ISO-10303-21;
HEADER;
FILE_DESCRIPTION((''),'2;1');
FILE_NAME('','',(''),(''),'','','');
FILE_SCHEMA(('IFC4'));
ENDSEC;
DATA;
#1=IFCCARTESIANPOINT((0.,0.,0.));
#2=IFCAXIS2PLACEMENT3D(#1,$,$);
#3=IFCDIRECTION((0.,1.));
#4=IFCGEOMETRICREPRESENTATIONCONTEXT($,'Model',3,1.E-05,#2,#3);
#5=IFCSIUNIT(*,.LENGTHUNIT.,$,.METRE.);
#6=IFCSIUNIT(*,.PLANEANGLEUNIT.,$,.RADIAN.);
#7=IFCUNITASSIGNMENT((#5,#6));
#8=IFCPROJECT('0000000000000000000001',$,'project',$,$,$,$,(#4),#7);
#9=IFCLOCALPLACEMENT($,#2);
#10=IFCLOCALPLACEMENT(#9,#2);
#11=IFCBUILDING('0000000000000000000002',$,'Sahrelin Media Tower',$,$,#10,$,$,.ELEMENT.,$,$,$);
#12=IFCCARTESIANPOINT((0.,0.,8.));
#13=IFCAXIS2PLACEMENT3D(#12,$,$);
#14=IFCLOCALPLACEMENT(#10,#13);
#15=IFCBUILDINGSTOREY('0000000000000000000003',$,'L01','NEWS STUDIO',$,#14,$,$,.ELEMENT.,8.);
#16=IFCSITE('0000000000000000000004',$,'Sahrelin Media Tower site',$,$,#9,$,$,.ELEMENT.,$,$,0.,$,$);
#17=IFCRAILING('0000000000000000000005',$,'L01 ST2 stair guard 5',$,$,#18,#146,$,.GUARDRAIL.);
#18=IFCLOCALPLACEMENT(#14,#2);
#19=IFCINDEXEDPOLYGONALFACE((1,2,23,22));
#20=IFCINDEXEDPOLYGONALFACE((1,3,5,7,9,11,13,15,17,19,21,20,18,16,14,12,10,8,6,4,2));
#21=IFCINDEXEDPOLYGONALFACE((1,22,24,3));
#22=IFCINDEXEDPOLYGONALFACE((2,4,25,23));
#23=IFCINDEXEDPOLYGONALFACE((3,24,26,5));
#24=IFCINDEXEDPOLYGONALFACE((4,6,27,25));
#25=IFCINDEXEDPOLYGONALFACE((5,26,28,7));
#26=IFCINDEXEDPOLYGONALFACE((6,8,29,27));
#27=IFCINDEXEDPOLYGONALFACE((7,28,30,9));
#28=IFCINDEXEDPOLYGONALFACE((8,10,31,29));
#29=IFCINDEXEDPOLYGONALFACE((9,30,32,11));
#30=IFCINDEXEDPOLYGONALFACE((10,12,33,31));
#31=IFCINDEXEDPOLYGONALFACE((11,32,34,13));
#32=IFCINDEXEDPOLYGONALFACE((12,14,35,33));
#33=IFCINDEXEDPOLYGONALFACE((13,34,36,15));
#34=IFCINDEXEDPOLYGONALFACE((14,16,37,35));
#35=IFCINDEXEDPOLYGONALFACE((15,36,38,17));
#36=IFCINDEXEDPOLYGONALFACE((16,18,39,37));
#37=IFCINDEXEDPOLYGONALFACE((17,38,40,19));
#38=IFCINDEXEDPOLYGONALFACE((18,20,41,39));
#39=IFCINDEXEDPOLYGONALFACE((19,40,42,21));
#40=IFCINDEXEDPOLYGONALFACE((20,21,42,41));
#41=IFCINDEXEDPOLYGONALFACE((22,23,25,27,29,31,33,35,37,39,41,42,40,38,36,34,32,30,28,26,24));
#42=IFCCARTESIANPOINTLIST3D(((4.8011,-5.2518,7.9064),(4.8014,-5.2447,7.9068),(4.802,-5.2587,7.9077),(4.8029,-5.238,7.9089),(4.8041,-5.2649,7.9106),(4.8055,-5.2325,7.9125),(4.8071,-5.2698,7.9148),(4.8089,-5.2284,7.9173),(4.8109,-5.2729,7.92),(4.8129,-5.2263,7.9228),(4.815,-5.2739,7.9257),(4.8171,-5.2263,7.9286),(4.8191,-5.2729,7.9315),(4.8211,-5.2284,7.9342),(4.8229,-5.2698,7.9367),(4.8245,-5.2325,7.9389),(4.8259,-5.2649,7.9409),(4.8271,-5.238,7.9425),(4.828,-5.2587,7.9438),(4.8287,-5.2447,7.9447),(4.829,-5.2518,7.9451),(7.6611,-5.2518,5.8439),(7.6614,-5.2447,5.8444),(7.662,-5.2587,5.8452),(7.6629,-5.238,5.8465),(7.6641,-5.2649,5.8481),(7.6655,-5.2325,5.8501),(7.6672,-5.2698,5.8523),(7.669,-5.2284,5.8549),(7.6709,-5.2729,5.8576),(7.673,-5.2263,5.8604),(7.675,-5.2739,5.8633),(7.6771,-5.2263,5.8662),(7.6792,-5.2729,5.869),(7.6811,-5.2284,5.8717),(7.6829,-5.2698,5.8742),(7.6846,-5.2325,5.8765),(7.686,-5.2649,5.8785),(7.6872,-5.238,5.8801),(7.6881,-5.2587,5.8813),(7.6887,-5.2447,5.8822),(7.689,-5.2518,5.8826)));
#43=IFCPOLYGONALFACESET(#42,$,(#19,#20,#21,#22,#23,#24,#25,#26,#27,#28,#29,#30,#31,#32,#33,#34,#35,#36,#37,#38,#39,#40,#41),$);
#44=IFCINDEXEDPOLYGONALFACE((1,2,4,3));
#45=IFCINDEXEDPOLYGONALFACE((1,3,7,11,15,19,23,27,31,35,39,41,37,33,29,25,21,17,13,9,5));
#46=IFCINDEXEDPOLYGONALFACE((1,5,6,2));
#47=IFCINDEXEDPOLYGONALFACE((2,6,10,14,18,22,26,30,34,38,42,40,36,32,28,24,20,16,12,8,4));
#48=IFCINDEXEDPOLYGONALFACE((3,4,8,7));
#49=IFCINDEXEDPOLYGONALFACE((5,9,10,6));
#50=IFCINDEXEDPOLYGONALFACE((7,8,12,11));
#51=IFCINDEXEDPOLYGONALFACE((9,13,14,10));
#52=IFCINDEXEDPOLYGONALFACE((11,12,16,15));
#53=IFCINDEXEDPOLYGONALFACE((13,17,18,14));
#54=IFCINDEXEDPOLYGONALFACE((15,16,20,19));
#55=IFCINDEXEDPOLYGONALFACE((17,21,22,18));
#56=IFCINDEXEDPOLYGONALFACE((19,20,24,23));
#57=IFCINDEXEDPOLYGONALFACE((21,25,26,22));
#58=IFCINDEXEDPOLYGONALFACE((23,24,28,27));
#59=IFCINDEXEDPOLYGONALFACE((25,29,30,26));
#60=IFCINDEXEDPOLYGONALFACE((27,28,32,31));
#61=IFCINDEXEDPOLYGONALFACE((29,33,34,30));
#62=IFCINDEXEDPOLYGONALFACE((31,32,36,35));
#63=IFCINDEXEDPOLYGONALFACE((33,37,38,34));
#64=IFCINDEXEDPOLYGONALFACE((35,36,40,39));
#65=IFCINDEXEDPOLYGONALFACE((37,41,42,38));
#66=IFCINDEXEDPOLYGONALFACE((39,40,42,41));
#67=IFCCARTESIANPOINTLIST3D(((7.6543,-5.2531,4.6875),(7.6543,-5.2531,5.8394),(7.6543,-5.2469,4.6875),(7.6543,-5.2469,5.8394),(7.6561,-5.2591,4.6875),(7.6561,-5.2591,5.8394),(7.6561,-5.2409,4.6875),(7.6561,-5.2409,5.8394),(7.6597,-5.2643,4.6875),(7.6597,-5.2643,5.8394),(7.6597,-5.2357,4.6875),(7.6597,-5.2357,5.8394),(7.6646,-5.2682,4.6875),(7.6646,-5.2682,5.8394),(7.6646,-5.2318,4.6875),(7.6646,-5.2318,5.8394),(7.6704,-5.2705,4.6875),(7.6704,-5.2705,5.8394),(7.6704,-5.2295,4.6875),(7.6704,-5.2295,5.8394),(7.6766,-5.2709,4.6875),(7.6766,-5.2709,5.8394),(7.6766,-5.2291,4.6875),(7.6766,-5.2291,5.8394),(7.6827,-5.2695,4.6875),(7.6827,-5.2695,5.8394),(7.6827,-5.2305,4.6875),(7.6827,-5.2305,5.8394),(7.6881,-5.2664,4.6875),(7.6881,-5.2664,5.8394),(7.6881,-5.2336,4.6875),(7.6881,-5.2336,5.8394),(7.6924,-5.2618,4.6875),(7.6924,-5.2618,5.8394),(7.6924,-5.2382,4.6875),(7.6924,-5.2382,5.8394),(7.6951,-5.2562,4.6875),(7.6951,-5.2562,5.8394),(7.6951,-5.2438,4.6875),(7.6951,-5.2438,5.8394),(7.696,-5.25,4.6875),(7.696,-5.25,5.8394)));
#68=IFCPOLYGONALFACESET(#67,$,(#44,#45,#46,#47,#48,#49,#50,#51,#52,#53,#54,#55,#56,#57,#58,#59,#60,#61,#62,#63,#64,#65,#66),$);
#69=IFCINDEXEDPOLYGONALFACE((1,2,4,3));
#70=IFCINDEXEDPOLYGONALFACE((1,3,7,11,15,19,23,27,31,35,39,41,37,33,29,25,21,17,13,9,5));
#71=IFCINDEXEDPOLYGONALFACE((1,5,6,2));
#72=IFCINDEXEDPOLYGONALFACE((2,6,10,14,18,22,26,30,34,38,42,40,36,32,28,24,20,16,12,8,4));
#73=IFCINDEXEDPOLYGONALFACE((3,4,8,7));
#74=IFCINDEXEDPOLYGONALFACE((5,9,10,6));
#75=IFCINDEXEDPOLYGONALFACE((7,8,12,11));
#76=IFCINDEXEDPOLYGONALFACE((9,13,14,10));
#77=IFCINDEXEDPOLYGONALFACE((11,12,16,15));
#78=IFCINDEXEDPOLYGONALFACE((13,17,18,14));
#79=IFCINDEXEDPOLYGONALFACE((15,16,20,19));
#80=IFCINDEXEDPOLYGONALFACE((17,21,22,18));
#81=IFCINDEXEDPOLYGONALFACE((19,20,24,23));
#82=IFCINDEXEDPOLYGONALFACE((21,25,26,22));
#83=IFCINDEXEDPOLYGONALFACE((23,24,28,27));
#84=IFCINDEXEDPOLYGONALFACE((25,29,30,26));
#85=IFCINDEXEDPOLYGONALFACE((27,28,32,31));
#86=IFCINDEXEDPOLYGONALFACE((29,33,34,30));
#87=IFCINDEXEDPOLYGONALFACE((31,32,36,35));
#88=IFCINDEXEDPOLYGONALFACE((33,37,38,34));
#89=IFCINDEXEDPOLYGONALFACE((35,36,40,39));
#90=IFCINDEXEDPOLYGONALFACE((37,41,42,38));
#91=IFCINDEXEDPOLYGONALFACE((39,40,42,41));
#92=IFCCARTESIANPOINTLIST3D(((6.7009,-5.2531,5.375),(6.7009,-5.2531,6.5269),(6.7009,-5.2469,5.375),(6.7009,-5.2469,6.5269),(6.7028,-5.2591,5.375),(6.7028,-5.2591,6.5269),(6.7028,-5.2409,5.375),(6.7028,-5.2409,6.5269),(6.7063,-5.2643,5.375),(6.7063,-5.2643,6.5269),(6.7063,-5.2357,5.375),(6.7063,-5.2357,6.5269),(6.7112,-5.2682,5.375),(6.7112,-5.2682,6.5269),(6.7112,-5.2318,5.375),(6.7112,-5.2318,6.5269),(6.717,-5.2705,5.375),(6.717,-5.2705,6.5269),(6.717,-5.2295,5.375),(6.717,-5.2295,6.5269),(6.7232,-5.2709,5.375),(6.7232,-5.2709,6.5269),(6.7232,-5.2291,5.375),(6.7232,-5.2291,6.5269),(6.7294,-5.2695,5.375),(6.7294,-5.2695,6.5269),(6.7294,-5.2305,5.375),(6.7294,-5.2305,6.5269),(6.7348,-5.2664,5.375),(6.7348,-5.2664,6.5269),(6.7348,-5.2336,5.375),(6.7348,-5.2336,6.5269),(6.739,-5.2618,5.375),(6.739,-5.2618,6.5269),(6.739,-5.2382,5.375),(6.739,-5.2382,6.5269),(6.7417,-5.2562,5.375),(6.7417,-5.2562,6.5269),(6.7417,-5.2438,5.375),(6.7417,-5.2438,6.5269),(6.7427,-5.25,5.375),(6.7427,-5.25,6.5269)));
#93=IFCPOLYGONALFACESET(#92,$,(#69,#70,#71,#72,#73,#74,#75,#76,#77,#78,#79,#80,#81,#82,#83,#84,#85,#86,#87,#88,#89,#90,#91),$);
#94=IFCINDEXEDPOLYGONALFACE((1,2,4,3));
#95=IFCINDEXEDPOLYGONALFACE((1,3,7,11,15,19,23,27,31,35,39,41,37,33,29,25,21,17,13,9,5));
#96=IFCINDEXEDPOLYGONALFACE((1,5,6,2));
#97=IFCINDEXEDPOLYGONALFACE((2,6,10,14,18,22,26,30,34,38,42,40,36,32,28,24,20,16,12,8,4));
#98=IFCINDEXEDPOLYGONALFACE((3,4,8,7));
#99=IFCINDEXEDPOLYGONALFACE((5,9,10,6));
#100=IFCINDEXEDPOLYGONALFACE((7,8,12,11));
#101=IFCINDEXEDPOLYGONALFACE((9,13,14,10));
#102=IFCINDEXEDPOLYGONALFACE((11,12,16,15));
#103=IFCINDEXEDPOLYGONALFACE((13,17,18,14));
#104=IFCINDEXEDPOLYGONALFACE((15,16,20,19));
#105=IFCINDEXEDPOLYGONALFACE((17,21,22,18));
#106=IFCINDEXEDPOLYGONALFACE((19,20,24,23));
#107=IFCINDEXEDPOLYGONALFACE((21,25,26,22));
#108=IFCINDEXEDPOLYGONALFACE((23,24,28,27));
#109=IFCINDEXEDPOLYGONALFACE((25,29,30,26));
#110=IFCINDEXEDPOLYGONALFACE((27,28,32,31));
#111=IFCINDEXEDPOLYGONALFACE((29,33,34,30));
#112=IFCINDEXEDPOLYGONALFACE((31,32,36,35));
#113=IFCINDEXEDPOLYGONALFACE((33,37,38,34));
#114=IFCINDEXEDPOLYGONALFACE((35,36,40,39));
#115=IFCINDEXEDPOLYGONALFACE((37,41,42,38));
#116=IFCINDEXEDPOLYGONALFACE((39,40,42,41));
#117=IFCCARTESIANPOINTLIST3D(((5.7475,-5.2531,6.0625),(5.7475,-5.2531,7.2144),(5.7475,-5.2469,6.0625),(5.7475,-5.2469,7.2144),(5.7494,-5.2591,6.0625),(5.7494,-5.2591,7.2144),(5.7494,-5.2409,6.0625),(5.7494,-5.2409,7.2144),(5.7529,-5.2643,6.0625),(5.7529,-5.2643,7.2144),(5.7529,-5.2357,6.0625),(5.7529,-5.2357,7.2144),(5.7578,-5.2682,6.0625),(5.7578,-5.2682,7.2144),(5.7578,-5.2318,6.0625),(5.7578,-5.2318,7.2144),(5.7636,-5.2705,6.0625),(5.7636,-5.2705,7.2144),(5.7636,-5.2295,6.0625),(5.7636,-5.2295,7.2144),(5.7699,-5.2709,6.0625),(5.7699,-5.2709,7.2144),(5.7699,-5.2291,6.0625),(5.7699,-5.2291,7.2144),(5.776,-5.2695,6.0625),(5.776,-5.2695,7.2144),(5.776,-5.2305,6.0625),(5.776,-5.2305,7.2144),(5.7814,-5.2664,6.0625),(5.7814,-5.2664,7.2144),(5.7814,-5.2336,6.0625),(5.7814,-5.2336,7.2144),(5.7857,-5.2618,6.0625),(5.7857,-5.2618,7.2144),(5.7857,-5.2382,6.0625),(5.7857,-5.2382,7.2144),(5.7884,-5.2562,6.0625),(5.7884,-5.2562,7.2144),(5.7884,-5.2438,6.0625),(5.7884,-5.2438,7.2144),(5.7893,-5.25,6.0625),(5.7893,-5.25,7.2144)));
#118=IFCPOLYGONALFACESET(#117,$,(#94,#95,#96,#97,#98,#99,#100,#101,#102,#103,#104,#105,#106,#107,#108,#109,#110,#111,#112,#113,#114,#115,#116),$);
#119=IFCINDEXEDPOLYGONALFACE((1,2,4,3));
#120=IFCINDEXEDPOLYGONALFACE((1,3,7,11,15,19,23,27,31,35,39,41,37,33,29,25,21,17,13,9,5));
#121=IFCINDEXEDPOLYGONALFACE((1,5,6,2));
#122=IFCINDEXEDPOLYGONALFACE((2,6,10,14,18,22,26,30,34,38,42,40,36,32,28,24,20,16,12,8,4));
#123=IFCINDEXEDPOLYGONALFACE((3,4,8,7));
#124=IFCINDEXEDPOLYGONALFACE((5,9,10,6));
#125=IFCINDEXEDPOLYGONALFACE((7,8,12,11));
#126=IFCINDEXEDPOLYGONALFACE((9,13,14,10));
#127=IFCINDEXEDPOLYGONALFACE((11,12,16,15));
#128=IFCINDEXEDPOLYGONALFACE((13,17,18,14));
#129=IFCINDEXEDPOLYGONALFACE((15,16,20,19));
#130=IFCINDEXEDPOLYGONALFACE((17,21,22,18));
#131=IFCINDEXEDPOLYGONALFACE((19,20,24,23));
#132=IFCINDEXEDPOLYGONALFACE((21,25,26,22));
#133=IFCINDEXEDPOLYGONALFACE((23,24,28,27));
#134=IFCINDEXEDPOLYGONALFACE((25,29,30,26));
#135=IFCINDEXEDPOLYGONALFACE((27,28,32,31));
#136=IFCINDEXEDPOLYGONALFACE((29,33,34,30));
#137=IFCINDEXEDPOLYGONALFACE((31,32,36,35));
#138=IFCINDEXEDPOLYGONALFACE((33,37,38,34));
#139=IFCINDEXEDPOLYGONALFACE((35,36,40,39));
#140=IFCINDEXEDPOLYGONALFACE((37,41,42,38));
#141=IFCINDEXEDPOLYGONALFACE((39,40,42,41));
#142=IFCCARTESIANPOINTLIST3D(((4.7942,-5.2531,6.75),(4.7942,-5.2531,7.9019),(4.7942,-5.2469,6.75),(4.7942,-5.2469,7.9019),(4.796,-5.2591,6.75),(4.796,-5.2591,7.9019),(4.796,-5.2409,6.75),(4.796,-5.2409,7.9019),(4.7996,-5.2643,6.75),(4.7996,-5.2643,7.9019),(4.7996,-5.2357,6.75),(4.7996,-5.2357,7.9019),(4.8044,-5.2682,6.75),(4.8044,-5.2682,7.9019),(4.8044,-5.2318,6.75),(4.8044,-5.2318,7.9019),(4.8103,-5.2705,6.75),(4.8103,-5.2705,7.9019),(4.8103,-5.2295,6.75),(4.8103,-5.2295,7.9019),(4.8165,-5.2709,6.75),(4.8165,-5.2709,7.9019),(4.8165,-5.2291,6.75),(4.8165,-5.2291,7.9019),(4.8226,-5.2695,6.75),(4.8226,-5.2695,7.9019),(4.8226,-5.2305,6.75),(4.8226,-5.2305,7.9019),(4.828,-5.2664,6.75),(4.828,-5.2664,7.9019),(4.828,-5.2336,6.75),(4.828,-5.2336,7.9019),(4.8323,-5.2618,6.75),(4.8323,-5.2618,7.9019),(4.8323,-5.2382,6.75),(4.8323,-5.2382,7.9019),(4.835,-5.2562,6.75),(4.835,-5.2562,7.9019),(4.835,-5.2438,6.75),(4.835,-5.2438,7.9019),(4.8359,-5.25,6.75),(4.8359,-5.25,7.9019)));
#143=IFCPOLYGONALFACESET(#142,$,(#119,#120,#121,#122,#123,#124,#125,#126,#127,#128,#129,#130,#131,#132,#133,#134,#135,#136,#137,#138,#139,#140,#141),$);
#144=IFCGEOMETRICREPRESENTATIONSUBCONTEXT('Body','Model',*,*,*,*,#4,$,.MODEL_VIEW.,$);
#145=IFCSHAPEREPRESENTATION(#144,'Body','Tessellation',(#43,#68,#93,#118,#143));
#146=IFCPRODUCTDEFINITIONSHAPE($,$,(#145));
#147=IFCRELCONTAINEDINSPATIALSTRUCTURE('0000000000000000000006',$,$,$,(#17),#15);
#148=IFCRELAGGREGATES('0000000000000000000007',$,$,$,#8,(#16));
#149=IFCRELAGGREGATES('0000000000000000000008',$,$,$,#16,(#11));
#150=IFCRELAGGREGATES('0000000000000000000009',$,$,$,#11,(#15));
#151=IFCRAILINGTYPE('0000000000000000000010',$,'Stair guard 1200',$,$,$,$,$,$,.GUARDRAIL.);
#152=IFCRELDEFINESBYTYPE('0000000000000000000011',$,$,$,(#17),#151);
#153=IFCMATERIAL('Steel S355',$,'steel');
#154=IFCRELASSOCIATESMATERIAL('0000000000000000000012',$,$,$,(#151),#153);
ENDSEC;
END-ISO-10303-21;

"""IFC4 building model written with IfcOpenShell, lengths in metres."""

from ifc_helpers import new_model, si_unit, direction, frame, origin, origin_2d, place, context, subcontext, project, spatial, circle, extrude, material, type_object, element, save


model = new_model("IFC4")

# Units and contexts
model_context = context("Model", 3, precision=1e-05, world=origin(), true_north=direction((0.0, 1.0)))
body_context = subcontext(model_context, "Body", "Model", "MODEL_VIEW")
ifc_project = project(units=[si_unit("LENGTHUNIT", "METRE"), si_unit("PLANEANGLEUNIT", "RADIAN")], contexts=[model_context])

# Site, building, storey
site_placement = place(None, origin())
site = spatial("IfcSite", under=ifc_project, at=site_placement, Name="Sahrelin Media Tower site", CompositionType="ELEMENT", RefElevation=0.0)
building_placement = place(site_placement, origin())
building = spatial("IfcBuilding", under=site, at=building_placement, Name="Sahrelin Media Tower", CompositionType="ELEMENT")
storey_placement = place(building_placement, frame((0.0, 0.0, 8.0)))
storey = spatial("IfcBuildingStorey", under=building, at=storey_placement, Name="L01", Description="NEWS STUDIO", CompositionType="ELEMENT", Elevation=8.0)

# Railing
ifc_material_1 = material(Name="Steel S355", Category="steel")
railing_type_1 = type_object("IfcRailingType", Name="Stair guard 1200", PredefinedType="GUARDRAIL", material=ifc_material_1)
railing_1_placement = place(storey_placement, frame((7.675, -5.25, 4.6875)))
element("IfcRailing", 1, at=railing_1_placement, inside=storey, type_object=railing_type_1, Name="L01 ST2 stair guard 5", PredefinedType="GUARDRAIL", context=body_context, shape_type="SweptSolid", body=[
    extrude(circle(Radius=0.0239, at=origin_2d()), frame((0.0, 0.0, 1.1758), z_axis=(-0.811101, 0.0, 0.584906), x_axis=(0.0, -1.0, 0.0)), (0.0, 0.0, 1.0), 3.5261),
    extrude(circle(Radius=0.021, at=origin_2d()), origin(), (0.0, 0.0, 1.0), 1.1519),
    extrude(circle(Radius=0.021, at=origin_2d()), frame((-0.9534, 0.0, 0.6875)), (0.0, 0.0, 1.0), 1.1519),
    extrude(circle(Radius=0.021, at=origin_2d()), frame((-1.9067, 0.0, 1.375)), (0.0, 0.0, 1.0), 1.1519),
    extrude(circle(Radius=0.021, at=origin_2d()), frame((-2.8601, 0.0, 2.0625)), (0.0, 0.0, 1.0), 1.1519),
])

save(model, "model.ifc")
